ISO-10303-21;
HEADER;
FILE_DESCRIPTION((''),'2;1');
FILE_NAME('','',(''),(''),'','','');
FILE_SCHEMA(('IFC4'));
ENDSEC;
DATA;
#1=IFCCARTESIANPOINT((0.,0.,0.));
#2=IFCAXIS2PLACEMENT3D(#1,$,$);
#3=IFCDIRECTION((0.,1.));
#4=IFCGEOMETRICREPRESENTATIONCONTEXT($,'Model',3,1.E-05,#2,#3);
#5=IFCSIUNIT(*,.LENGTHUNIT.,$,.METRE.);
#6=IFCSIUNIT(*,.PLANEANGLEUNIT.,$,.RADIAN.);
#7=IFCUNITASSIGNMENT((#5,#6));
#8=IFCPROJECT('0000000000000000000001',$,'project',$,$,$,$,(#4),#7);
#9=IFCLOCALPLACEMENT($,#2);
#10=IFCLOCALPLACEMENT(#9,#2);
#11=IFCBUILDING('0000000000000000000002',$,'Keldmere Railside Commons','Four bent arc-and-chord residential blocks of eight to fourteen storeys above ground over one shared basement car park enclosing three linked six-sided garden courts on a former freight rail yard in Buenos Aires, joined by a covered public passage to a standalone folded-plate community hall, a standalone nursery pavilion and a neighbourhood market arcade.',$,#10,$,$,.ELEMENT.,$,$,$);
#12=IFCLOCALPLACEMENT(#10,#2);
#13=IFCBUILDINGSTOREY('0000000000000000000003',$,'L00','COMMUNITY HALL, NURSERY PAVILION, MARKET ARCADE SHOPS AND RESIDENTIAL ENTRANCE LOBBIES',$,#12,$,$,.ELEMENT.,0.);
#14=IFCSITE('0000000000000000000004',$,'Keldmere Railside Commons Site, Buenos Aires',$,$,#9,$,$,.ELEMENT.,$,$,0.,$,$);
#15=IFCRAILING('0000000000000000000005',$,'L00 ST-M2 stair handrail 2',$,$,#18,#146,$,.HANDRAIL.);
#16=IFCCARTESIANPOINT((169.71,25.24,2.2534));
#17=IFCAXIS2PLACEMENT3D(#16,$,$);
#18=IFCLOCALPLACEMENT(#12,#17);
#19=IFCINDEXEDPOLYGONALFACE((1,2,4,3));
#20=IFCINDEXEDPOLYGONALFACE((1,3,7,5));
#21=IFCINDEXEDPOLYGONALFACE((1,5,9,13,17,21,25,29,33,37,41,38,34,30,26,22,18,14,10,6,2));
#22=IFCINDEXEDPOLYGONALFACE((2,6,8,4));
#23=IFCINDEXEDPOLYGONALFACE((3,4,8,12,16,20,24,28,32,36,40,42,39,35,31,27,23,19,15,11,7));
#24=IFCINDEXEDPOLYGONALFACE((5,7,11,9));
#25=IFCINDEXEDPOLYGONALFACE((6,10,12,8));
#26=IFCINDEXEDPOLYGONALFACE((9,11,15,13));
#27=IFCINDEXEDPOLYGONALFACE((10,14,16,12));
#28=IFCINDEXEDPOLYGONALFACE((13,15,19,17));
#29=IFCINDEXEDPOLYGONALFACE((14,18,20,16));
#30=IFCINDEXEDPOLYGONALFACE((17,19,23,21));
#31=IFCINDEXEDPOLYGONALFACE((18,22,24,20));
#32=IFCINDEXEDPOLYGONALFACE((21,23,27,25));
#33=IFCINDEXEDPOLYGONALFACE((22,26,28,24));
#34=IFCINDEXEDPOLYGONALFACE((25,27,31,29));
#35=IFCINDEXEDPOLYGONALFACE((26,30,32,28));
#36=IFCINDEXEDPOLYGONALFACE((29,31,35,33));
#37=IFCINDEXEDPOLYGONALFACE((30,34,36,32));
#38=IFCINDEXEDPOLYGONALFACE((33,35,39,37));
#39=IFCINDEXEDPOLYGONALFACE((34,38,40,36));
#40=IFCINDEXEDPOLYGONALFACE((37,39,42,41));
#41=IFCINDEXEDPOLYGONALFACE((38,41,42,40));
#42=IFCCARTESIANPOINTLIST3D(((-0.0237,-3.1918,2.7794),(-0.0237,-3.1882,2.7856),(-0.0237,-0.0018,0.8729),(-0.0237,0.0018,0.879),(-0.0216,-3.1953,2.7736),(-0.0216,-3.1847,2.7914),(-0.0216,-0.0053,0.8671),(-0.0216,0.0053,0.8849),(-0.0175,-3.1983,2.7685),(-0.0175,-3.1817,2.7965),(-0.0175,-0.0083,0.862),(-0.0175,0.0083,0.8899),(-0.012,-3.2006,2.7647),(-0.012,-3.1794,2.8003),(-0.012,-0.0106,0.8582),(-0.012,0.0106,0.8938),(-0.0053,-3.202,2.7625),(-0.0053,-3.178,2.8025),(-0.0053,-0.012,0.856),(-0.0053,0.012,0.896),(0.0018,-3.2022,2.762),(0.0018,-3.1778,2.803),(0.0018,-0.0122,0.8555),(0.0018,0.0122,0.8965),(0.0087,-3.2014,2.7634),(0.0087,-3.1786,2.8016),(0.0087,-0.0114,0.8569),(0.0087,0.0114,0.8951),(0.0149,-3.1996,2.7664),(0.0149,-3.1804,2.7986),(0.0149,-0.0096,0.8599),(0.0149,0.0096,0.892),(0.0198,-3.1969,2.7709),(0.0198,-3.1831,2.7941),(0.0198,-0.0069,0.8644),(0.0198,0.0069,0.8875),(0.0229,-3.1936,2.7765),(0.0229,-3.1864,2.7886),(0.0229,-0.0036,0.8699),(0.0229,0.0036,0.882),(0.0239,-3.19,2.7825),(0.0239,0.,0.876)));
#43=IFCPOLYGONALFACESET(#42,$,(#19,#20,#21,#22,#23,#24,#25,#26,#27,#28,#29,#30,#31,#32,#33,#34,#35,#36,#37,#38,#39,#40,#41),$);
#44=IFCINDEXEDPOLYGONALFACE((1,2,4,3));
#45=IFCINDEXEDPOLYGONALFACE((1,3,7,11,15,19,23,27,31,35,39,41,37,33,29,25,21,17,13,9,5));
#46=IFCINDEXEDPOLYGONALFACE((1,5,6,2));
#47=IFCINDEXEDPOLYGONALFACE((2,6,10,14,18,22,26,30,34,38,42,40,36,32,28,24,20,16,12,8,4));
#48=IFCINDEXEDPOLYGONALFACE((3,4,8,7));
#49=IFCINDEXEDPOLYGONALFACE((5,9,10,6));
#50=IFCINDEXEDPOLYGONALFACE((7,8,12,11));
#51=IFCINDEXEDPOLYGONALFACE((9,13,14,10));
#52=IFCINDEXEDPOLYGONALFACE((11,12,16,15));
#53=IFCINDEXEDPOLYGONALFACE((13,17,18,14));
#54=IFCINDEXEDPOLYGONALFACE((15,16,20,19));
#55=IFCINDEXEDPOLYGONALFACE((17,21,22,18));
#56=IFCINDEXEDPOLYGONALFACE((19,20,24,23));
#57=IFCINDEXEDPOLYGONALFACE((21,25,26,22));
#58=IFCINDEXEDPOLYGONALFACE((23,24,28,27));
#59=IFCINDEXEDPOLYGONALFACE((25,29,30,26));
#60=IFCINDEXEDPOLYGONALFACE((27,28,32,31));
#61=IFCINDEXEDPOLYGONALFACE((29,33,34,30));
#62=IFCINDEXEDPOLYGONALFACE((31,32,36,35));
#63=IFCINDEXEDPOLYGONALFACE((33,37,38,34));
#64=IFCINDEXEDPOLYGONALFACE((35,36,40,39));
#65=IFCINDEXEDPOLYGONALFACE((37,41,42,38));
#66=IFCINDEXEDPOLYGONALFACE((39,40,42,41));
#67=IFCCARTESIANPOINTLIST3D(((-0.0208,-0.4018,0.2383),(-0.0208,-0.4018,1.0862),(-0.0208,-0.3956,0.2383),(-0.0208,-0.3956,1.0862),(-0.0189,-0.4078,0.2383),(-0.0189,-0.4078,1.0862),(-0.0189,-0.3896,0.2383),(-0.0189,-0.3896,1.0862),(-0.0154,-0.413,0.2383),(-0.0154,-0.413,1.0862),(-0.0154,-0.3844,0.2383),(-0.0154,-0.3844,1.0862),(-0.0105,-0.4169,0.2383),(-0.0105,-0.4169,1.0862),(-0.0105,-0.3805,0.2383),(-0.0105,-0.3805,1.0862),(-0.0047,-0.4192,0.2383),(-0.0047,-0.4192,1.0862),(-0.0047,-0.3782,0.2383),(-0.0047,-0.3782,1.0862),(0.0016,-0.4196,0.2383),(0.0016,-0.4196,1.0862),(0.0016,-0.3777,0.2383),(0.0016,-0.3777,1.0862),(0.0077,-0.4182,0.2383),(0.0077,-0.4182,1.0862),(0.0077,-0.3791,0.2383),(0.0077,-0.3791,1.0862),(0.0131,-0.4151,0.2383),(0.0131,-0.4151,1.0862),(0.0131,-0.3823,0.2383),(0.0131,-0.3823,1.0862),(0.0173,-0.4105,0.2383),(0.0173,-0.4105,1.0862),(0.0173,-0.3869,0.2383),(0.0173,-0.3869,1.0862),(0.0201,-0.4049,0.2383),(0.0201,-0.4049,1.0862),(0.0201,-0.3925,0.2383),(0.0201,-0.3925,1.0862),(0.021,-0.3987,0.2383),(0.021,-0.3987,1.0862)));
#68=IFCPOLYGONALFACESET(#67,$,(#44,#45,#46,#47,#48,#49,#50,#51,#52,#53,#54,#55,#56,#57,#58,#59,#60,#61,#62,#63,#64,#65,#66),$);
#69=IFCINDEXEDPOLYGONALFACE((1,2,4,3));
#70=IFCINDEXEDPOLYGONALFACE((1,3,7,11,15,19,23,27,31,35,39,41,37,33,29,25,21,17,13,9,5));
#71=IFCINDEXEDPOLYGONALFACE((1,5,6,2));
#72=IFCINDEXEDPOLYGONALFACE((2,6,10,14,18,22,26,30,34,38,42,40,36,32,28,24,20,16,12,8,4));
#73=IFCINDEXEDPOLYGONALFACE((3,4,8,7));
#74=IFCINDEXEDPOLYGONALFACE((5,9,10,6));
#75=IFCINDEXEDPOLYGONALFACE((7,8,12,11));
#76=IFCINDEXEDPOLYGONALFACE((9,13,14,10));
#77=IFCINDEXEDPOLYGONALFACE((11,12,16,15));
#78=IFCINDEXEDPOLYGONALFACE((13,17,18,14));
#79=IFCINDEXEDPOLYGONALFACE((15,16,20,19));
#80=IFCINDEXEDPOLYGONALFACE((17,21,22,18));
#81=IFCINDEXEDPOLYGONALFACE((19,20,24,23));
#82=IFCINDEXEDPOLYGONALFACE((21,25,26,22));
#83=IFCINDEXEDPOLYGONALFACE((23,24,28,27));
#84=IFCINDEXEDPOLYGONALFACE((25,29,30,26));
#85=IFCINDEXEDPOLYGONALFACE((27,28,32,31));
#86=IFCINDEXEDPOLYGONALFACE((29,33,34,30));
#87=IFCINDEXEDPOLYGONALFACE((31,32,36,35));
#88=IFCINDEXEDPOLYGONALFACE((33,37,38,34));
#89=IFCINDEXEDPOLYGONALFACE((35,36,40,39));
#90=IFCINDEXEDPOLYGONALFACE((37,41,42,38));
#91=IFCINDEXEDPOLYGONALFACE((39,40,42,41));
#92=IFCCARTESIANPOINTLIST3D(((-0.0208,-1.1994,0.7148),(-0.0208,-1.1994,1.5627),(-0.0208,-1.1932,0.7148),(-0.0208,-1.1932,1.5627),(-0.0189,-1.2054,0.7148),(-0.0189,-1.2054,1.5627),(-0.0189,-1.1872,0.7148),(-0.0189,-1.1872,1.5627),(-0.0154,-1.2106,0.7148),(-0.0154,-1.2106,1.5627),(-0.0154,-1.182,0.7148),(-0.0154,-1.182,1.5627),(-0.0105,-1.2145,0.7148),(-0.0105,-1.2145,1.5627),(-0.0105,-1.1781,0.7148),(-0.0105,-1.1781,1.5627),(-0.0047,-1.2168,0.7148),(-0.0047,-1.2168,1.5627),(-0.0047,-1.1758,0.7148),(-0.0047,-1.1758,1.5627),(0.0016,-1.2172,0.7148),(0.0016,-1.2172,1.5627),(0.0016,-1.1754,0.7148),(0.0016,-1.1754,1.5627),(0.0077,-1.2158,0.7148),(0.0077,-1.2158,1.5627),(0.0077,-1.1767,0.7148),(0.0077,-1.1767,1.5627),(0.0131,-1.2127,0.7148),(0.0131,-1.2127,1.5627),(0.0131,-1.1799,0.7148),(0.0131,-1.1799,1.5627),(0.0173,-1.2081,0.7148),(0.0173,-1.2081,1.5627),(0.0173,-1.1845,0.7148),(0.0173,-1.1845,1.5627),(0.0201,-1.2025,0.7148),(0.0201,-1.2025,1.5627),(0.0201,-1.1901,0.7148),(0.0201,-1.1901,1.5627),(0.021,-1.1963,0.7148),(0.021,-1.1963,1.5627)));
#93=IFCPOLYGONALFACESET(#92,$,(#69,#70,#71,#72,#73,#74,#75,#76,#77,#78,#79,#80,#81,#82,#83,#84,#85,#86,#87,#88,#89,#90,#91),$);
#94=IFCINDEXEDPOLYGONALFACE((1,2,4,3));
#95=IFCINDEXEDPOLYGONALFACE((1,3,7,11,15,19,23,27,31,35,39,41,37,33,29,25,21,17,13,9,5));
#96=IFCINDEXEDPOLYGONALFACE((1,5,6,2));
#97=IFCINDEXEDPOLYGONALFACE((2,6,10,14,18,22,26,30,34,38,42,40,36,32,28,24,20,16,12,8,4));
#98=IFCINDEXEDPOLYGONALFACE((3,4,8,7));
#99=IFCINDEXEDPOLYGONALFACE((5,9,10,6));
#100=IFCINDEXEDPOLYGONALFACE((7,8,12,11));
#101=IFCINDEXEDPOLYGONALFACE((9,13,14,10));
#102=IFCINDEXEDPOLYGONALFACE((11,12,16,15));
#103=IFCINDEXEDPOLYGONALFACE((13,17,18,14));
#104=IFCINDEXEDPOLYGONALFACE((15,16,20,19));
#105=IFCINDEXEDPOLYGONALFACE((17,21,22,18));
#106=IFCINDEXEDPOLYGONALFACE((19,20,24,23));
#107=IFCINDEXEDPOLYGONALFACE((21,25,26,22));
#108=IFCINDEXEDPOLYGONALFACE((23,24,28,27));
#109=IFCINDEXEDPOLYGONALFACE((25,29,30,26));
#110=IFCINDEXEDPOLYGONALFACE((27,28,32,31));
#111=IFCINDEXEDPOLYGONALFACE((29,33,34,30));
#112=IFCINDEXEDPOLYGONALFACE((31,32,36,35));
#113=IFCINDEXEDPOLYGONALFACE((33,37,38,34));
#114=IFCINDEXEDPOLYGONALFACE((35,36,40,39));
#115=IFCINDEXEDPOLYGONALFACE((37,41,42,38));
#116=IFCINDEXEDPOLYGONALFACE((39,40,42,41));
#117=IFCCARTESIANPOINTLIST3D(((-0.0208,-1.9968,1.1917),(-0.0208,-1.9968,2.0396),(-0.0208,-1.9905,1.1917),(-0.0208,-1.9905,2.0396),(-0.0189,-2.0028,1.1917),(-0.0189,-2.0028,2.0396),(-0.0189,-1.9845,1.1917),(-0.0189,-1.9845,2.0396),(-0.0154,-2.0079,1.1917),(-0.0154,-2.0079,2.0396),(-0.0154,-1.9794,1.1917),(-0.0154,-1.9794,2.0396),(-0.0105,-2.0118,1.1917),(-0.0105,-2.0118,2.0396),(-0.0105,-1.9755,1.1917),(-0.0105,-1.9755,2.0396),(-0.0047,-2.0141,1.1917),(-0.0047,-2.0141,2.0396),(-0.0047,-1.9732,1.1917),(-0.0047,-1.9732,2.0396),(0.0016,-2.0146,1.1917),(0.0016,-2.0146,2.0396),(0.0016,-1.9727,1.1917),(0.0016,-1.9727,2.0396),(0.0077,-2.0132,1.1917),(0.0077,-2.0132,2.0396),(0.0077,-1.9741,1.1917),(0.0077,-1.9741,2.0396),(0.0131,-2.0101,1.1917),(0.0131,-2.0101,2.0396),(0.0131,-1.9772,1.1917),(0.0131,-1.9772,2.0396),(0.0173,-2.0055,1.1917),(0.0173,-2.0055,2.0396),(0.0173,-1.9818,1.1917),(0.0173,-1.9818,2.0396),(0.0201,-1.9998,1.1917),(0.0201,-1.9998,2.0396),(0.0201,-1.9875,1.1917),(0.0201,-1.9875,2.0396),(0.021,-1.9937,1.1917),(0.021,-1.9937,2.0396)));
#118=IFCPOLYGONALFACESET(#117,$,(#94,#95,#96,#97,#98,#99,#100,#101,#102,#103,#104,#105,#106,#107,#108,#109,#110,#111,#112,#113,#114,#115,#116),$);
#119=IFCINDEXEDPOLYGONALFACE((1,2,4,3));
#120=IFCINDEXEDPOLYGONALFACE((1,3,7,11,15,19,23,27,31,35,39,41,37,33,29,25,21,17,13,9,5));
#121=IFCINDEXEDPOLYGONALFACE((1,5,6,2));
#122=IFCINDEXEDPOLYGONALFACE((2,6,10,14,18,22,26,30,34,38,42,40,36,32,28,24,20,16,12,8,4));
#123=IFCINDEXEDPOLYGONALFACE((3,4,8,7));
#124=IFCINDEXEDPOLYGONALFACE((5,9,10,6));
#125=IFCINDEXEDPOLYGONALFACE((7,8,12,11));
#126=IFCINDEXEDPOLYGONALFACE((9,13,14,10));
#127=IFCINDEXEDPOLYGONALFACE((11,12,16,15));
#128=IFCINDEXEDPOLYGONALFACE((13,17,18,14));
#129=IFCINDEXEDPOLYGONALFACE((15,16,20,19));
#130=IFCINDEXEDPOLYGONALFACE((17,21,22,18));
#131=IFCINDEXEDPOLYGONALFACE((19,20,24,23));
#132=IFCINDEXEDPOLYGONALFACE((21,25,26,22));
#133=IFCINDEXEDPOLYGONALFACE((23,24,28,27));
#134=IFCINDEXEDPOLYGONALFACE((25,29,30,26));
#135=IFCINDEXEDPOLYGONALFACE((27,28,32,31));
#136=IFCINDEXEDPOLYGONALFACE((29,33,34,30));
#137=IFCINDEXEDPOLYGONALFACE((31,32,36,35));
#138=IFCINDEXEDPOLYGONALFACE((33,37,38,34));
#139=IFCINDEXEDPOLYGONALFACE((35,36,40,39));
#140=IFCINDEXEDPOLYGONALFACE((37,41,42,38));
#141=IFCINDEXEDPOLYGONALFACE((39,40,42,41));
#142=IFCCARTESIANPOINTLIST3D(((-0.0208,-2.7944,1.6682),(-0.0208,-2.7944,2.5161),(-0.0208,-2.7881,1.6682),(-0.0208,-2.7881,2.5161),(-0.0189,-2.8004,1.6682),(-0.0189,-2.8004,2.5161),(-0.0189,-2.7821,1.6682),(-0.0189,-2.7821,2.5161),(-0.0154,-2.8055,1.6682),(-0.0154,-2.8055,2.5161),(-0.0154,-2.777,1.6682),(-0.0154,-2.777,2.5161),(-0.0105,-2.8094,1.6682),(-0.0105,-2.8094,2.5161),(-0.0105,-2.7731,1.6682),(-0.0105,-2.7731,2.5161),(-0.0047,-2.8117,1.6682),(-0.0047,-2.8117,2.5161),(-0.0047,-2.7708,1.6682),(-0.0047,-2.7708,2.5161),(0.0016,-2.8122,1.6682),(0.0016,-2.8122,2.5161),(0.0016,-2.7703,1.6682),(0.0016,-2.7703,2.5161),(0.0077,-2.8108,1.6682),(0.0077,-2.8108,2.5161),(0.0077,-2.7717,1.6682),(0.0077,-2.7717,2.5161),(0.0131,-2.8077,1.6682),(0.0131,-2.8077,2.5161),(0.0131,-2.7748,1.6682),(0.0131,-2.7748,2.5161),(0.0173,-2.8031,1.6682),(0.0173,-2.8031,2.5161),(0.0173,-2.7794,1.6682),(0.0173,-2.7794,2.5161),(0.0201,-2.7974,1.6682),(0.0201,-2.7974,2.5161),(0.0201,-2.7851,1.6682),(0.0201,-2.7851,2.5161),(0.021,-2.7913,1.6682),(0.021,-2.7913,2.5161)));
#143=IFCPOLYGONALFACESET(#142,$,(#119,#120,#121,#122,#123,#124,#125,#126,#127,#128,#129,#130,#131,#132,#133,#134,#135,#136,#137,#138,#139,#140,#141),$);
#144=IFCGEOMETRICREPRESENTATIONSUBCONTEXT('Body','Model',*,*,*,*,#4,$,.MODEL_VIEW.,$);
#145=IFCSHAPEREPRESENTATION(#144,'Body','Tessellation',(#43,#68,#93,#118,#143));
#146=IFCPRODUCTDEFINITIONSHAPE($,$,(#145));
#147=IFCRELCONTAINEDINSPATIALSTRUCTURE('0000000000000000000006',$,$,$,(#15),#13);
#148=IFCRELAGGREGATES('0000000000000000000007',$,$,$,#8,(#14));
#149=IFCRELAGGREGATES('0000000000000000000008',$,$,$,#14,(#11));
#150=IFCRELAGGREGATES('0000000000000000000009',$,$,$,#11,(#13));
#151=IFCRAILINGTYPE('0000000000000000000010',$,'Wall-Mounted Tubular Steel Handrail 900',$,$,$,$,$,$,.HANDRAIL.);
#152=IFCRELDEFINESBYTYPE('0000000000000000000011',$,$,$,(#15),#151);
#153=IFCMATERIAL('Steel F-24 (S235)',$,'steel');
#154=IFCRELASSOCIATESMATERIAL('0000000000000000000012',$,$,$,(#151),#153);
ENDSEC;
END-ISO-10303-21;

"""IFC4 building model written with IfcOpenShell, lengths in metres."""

from ifc_helpers import new_model, si_unit, direction, frame, origin, origin_2d, place, context, subcontext, project, spatial, circle, extrude, material, type_object, element, save


model = new_model("IFC4")

# Units and contexts
model_context = context("Model", 3, precision=1e-05, world=origin(), true_north=direction((0.0, 1.0)))
body_context = subcontext(model_context, "Body", "Model", "MODEL_VIEW")
ifc_project = project(units=[si_unit("LENGTHUNIT", "METRE"), si_unit("PLANEANGLEUNIT", "RADIAN")], contexts=[model_context])

# Site, building, storey
site_placement = place(None, origin())
site = spatial("IfcSite", under=ifc_project, at=site_placement, Name="Keldmere Railside Commons Site, Buenos Aires", CompositionType="ELEMENT", RefElevation=0.0)
building_placement = place(site_placement, origin())
building = spatial("IfcBuilding", under=site, at=building_placement, Name="Keldmere Railside Commons", Description="Four bent arc-and-chord residential blocks of eight to fourteen storeys above ground over one shared basement car park enclosing three linked six-sided garden courts on a former freight rail yard in Buenos Aires, joined by a covered public passage to a standalone folded-plate community hall, a standalone nursery pavilion and a neighbourhood market arcade.", CompositionType="ELEMENT")
storey_placement = place(building_placement, origin())
storey = spatial("IfcBuildingStorey", under=building, at=storey_placement, Name="L00", Description="COMMUNITY HALL, NURSERY PAVILION, MARKET ARCADE SHOPS AND RESIDENTIAL ENTRANCE LOBBIES", CompositionType="ELEMENT", Elevation=0.0)

# Shared definitions
ifc_material_1 = material(Name="Steel F-24 (S235)", Category="steel")

# Railing
railing_type = type_object("IfcRailingType", Name="Wall-Mounted Tubular Steel Handrail 900", PredefinedType="HANDRAIL", material=ifc_material_1)
railing_placement = place(storey_placement, frame((169.71, 25.24, 2.2534)))
element("IfcRailing", 1, at=railing_placement, inside=storey, type_object=railing_type, Name="L00 ST-M2 stair handrail 2", PredefinedType="HANDRAIL", context=body_context, shape_type="SweptSolid", body=[
    extrude(circle(Radius=0.0239, at=origin_2d()), frame((0.0, 0.0, 0.876), z_axis=(0.0, -0.858379, 0.513017), x_axis=(1.0, 0.0, 0.0)), (0.0, 0.0, 1.0), 3.7163),
    extrude(circle(Radius=0.021, at=origin_2d()), frame((0.0, -0.3987, 0.2383)), (0.0, 0.0, 1.0), 0.8479),
    extrude(circle(Radius=0.021, at=origin_2d()), frame((0.0, -1.1963, 0.7148)), (0.0, 0.0, 1.0), 0.8479),
    extrude(circle(Radius=0.021, at=origin_2d()), frame((0.0, -1.9937, 1.1917)), (0.0, 0.0, 1.0), 0.8479),
    extrude(circle(Radius=0.021, at=origin_2d()), frame((0.0, -2.7913, 1.6682)), (0.0, 0.0, 1.0), 0.8479),
])

save(model, "model.ifc")
